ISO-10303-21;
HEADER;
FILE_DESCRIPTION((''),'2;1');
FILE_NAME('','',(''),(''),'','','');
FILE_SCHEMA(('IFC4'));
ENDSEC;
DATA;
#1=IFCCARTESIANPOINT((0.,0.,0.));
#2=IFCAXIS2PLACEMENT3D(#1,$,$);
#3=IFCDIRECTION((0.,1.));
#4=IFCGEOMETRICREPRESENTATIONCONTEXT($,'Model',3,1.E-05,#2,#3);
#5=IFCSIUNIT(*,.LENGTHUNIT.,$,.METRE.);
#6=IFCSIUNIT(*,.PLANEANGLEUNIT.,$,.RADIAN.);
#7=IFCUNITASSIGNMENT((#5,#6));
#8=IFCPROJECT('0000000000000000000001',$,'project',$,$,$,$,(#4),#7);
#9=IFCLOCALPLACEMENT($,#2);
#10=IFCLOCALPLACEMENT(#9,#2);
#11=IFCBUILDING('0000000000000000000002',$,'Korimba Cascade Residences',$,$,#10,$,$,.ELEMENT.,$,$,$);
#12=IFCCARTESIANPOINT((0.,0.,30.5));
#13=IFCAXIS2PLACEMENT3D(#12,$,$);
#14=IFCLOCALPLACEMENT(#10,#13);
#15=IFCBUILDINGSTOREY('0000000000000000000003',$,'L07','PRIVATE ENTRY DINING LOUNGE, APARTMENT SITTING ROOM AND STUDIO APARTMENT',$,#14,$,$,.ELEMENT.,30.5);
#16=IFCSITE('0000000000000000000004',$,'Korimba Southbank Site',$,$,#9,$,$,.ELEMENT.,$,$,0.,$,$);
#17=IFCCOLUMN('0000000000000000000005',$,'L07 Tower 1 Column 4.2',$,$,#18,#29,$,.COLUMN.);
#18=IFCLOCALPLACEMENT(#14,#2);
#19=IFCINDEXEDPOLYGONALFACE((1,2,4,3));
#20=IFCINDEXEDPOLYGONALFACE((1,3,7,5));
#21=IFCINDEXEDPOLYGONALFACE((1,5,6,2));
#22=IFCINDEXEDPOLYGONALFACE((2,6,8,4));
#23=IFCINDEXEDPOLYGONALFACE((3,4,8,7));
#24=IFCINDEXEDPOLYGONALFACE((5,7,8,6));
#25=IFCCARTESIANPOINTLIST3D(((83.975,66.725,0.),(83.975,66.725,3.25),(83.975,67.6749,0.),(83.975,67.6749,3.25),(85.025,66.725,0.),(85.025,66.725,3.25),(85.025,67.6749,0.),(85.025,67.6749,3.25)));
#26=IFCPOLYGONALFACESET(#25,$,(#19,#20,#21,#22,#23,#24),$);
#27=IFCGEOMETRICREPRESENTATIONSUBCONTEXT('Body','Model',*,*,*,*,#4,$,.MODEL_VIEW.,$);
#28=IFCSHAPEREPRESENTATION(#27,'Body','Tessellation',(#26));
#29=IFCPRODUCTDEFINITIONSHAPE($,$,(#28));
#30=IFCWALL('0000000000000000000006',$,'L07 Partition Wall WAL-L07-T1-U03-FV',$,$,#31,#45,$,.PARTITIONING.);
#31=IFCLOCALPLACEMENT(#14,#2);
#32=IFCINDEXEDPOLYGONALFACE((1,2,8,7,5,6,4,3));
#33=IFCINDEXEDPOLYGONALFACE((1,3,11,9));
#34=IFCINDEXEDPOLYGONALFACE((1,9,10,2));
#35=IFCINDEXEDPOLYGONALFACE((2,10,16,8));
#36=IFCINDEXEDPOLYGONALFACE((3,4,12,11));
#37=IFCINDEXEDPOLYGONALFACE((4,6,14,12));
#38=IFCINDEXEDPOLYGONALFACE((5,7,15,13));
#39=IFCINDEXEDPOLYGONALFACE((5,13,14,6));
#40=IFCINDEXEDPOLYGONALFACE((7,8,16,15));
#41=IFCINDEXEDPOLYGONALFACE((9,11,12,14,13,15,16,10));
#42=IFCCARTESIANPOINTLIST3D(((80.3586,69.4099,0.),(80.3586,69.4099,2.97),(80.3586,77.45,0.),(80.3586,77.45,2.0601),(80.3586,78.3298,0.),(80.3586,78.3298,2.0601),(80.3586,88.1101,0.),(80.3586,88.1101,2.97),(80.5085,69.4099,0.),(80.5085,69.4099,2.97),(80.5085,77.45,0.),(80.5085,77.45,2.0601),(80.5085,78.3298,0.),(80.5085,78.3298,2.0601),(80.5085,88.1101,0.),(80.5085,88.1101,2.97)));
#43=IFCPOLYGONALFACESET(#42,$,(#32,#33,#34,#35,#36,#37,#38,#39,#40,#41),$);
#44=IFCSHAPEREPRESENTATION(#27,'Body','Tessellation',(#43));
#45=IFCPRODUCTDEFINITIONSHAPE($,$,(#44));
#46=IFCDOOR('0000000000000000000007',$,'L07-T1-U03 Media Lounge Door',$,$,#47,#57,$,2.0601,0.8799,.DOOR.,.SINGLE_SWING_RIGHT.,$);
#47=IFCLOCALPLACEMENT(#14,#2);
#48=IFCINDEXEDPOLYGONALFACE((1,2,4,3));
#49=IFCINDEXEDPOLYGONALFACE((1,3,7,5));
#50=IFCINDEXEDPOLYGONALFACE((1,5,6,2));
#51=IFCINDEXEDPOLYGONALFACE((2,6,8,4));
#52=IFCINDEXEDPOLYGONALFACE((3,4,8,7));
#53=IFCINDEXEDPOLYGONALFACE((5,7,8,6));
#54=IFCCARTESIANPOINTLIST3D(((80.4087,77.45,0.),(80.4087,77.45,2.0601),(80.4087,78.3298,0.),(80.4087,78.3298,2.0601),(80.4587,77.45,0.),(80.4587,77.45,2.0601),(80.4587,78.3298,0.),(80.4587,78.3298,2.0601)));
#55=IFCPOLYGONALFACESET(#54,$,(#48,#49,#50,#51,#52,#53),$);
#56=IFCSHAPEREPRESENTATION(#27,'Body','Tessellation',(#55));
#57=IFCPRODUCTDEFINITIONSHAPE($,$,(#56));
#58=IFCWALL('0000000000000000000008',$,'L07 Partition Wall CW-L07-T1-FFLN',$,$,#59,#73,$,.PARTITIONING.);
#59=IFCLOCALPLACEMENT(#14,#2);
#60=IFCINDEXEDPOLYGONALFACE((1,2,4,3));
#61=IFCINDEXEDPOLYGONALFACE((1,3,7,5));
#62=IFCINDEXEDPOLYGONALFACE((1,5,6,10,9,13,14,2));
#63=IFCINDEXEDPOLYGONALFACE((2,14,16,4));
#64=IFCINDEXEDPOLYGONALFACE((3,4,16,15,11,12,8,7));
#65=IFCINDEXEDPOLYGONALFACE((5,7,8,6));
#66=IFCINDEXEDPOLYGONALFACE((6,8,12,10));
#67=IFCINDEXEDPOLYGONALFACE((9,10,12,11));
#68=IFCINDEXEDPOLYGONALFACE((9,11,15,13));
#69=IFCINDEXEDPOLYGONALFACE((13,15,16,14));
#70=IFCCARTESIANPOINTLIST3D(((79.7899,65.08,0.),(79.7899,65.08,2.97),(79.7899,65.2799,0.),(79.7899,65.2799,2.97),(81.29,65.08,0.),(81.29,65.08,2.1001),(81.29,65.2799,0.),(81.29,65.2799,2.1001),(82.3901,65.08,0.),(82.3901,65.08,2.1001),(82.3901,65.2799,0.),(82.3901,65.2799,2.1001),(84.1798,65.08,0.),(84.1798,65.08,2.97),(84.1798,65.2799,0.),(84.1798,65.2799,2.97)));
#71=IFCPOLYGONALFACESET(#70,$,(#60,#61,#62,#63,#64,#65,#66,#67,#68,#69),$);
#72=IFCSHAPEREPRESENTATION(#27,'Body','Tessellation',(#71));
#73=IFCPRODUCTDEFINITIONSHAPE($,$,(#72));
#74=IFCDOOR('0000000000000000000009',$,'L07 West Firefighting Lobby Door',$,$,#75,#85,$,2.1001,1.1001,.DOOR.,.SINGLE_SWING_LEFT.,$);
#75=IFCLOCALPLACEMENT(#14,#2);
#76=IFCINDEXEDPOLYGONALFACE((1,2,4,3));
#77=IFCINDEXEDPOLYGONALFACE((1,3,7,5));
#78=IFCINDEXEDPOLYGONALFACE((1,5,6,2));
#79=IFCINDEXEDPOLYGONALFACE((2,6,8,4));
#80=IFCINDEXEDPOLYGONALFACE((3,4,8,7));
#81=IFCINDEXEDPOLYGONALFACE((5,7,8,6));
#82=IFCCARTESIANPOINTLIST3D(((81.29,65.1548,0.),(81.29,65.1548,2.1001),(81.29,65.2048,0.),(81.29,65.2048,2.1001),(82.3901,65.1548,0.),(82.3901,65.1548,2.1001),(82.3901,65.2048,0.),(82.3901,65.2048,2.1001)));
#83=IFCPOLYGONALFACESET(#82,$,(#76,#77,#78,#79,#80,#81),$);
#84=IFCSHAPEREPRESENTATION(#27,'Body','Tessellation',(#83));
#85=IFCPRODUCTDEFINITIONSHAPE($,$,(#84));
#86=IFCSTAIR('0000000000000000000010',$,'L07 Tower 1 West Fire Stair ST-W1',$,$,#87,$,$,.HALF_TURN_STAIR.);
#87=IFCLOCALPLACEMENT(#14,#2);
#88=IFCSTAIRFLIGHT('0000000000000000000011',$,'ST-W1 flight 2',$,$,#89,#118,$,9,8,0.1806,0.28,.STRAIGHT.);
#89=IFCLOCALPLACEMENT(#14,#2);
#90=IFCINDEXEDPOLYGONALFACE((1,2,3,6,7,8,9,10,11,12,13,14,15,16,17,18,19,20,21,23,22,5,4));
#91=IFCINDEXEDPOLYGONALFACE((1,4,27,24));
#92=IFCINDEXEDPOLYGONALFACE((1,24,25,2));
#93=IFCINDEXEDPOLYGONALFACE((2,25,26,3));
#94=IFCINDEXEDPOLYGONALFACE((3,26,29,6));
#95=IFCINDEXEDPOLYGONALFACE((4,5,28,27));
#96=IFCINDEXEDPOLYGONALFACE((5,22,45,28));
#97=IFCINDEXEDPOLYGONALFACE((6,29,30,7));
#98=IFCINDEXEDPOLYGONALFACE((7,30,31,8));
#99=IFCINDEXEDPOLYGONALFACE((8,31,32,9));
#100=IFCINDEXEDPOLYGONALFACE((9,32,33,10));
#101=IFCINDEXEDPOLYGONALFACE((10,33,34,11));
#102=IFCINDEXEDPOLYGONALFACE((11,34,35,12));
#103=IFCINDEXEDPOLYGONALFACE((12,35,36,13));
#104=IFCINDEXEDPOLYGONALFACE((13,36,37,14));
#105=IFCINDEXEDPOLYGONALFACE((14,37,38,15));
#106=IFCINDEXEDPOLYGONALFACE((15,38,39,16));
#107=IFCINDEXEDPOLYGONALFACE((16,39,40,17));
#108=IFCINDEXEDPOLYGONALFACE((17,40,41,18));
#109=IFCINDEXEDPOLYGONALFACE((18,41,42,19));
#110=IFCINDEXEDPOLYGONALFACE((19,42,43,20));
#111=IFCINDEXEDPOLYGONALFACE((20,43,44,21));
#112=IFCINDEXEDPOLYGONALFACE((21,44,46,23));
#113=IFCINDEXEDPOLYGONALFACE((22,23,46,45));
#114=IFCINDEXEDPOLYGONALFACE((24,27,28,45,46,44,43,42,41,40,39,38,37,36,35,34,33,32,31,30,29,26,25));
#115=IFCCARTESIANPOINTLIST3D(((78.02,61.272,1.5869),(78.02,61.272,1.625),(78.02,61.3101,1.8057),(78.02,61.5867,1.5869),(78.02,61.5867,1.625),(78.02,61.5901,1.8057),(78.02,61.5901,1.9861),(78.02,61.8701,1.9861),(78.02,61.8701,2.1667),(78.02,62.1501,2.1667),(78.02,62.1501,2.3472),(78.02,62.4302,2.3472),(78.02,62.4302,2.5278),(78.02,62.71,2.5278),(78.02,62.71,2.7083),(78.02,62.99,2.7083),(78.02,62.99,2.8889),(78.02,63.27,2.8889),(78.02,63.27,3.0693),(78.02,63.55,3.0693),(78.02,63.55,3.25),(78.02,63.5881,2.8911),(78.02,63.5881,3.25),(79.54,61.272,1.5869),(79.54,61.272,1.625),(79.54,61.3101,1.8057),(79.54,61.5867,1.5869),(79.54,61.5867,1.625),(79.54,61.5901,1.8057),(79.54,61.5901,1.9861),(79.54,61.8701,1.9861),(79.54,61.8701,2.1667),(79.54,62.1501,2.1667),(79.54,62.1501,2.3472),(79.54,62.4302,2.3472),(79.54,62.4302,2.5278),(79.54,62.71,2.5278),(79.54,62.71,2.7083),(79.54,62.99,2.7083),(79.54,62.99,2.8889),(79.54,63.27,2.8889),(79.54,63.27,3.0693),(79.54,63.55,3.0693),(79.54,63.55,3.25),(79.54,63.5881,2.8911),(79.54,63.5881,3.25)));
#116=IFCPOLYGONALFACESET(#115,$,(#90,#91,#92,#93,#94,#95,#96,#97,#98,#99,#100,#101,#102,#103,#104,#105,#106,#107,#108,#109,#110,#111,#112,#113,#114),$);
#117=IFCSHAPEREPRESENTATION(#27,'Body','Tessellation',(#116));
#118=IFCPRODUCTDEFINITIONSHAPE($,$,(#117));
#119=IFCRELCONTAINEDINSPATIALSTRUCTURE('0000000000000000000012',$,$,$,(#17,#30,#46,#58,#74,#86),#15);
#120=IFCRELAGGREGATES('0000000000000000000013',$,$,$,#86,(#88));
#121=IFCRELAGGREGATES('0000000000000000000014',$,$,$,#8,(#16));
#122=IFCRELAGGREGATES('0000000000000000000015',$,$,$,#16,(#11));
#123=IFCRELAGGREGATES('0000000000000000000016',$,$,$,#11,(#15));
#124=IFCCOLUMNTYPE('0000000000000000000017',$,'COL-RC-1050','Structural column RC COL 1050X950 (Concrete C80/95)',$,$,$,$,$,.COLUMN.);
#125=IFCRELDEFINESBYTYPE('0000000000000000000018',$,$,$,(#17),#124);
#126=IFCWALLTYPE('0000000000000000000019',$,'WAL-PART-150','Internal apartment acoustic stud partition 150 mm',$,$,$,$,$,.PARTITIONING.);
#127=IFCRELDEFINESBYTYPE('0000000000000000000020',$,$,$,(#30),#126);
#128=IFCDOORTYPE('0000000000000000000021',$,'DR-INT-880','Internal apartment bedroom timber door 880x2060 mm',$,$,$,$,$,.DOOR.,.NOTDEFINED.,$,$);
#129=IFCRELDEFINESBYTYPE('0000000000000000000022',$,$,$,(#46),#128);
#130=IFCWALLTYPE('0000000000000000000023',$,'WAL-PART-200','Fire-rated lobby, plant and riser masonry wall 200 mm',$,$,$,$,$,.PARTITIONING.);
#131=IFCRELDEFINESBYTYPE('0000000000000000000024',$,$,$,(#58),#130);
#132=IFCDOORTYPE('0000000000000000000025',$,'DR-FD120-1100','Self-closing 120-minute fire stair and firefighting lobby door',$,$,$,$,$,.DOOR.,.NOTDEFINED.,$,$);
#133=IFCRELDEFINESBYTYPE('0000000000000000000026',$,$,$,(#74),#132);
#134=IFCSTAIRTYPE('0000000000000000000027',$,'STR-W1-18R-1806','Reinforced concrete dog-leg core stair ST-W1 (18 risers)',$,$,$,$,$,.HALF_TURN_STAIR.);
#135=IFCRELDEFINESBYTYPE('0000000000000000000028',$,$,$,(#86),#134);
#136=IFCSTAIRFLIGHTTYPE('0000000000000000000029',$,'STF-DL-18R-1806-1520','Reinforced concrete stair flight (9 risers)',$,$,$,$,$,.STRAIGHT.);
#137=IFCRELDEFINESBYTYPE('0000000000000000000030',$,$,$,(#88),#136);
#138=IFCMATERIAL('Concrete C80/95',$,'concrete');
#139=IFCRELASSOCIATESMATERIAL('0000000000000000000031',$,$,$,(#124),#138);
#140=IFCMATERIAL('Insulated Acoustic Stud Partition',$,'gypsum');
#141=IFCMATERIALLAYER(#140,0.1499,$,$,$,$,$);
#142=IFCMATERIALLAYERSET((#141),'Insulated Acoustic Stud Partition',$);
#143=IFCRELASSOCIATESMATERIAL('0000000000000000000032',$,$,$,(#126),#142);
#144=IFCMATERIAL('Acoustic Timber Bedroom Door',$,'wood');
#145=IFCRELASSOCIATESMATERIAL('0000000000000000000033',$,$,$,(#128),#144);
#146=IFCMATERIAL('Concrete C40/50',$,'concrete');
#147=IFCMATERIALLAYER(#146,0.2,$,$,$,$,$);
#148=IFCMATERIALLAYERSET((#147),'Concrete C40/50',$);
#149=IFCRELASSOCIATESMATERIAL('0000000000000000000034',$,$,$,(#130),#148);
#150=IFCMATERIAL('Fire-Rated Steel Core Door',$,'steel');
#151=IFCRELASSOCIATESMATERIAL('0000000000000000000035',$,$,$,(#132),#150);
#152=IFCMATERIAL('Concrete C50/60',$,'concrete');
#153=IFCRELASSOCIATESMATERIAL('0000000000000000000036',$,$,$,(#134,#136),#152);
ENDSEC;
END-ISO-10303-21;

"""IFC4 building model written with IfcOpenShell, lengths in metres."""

from ifc_helpers import new_model, si_unit, direction, frame, frame_2d, origin, origin_2d, place, context, subcontext, project, spatial, polyline, rectangle, outline, extrude, material, layer, layer_set, material_profile, profile_set, type_object, element, fill, aggregate, save


model = new_model("IFC4")

# Units and contexts
model_context = context("Model", 3, precision=1e-05, world=origin(), true_north=direction((0.0, 1.0)))
body_context = subcontext(model_context, "Body", "Model", "MODEL_VIEW")
ifc_project = project(units=[si_unit("LENGTHUNIT", "METRE"), si_unit("PLANEANGLEUNIT", "RADIAN")], contexts=[model_context])

# Site, building, storey
site_placement = place(None, origin())
site = spatial("IfcSite", under=ifc_project, at=site_placement, Name="Korimba Southbank Site", CompositionType="ELEMENT", RefElevation=0.0)
building_placement = place(site_placement, origin())
building = spatial("IfcBuilding", under=site, at=building_placement, Name="Korimba Cascade Residences", CompositionType="ELEMENT")
storey_placement = place(building_placement, frame((0.0, 0.0, 30.5)))
storey = spatial("IfcBuildingStorey", under=building, at=storey_placement, Name="L07", Description="PRIVATE ENTRY DINING LOUNGE, APARTMENT SITTING ROOM AND STUDIO APARTMENT", CompositionType="ELEMENT", Elevation=30.5)

# Column
ifc_material_1 = material(Name="Concrete C80/95", Category="concrete")
ifc_material_profile = material_profile(ifc_material_1, rectangle(XDim=1.05, YDim=0.95, at=origin_2d()), Name="Concrete C80/95")
ifc_profile_set = profile_set([ifc_material_profile], Name="Concrete C80/95")
column_type = type_object("IfcColumnType", Name="COL-RC-1050", Description="Structural column RC COL 1050X950 (Concrete C80/95)", PredefinedType="COLUMN", material=ifc_profile_set)
column_placement = place(storey_placement, frame((84.5, 67.2, 0.0), z_axis=(0.0, 0.0, 1.0), x_axis=(1.0, 0.0, 0.0)))
element("IfcColumn", 1, at=column_placement, inside=storey, type_object=column_type, Name="L07 Tower 1 Column 4.2", PredefinedType="COLUMN", context=body_context, shape_type="SweptSolid", body=[
    extrude(rectangle(XDim=1.05, YDim=0.95, at=origin_2d()), origin(), (0.0, 0.0, 1.0), 3.25),
])

# Walls, openings, doors
ifc_material_2 = material(Name="Insulated Acoustic Stud Partition", Category="gypsum")
ifc_layer_1 = layer(ifc_material_2, 0.1499)
ifc_layer_set_1 = layer_set([ifc_layer_1], Name="Insulated Acoustic Stud Partition")
wall_type_1 = type_object("IfcWallType", Name="WAL-PART-150", Description="Internal apartment acoustic stud partition 150 mm", PredefinedType="PARTITIONING", material=ifc_layer_set_1)
wall_1_placement = place(storey_placement, frame((80.4336, 69.4099, 0.0), z_axis=(0.0, 0.0, 1.0), x_axis=(0.0, 1.0, 0.0)))
wall_1 = element("IfcWall", 2, at=wall_1_placement, inside=storey, type_object=wall_type_1, Name="L07 Partition Wall WAL-L07-T1-U03-FV", PredefinedType="PARTITIONING", context=body_context, shape_type="SweptSolid", body=[
    extrude(rectangle(XDim=18.7002, YDim=0.1499, at=frame_2d((9.3501, 0.0))), origin(), (0.0, 0.0, 1.0), 2.97),
])
opening_1_placement = place(wall_1_placement, frame((8.04, 0.0, 0.0)))
opening_1 = element("IfcOpeningElement", 3, at=opening_1_placement, cuts=wall_1, PredefinedType="OPENING", context=body_context, shape_type="SweptSolid", body=[
    extrude(rectangle(XDim=0.8799, YDim=2.0601, at=frame_2d((0.4399, 1.03))), frame((0.0, 0.085, 0.0), z_axis=(0.0, -1.0, 0.0), x_axis=(1.0, 0.0, 0.0)), (0.0, 0.0, 1.0), 0.1699),
])
ifc_material_3 = material(Name="Acoustic Timber Bedroom Door", Category="wood")
door_type_1 = type_object("IfcDoorType", Name="DR-INT-880", Description="Internal apartment bedroom timber door 880x2060 mm", OperationType="NOTDEFINED", PredefinedType="DOOR", material=ifc_material_3)
door_1_placement = place(opening_1_placement, origin())
door_1 = element("IfcDoor", 4, at=door_1_placement, inside=storey, type_object=door_type_1, Name="L07-T1-U03 Media Lounge Door", OperationType="SINGLE_SWING_RIGHT", OverallHeight=2.0601, OverallWidth=0.8799, PredefinedType="DOOR", context=body_context, shape_type="SweptSolid", body=[
    extrude(rectangle(XDim=0.8799, YDim=2.0601, at=frame_2d((0.4399, 1.03))), frame((0.0, 0.0249, 0.0), z_axis=(0.0, -1.0, 0.0), x_axis=(1.0, 0.0, 0.0)), (0.0, 0.0, 1.0), 0.05),
])
fill(opening_1, door_1)
ifc_material_4 = material(Name="Concrete C40/50", Category="concrete")
ifc_layer_2 = layer(ifc_material_4, 0.2)
ifc_layer_set_2 = layer_set([ifc_layer_2], Name="Concrete C40/50")
wall_type_2 = type_object("IfcWallType", Name="WAL-PART-200", Description="Fire-rated lobby, plant and riser masonry wall 200 mm", PredefinedType="PARTITIONING", material=ifc_layer_set_2)
wall_2_placement = place(storey_placement, frame((79.79, 65.1799, 0.0), z_axis=(0.0, 0.0, 1.0), x_axis=(1.0, 0.0, 0.0)))
wall_2 = element("IfcWall", 5, at=wall_2_placement, inside=storey, type_object=wall_type_2, Name="L07 Partition Wall CW-L07-T1-FFLN", PredefinedType="PARTITIONING", context=body_context, shape_type="SweptSolid", body=[
    extrude(rectangle(XDim=4.3899, YDim=0.2, at=frame_2d((2.1948, 0.0))), origin(), (0.0, 0.0, 1.0), 2.97),
])
opening_2_placement = place(wall_2_placement, frame((1.5, 0.0, 0.0)))
opening_2 = element("IfcOpeningElement", 6, at=opening_2_placement, cuts=wall_2, PredefinedType="OPENING", context=body_context, shape_type="SweptSolid", body=[
    extrude(rectangle(XDim=1.1001, YDim=2.1001, at=frame_2d((0.55, 1.05))), frame((0.0, 0.1099, 0.0), z_axis=(0.0, -1.0, 0.0), x_axis=(1.0, 0.0, 0.0)), (0.0, 0.0, 1.0), 0.22),
])
ifc_material_5 = material(Name="Fire-Rated Steel Core Door", Category="steel")
door_type_2 = type_object("IfcDoorType", Name="DR-FD120-1100", Description="Self-closing 120-minute fire stair and firefighting lobby door", OperationType="NOTDEFINED", PredefinedType="DOOR", material=ifc_material_5)
door_2_placement = place(opening_2_placement, origin())
door_2 = element("IfcDoor", 7, at=door_2_placement, inside=storey, type_object=door_type_2, Name="L07 West Firefighting Lobby Door", OperationType="SINGLE_SWING_LEFT", OverallHeight=2.1001, OverallWidth=1.1001, PredefinedType="DOOR", context=body_context, shape_type="SweptSolid", body=[
    extrude(rectangle(XDim=1.1001, YDim=2.1001, at=frame_2d((0.55, 1.05))), frame((0.0, 0.0249, 0.0), z_axis=(0.0, -1.0, 0.0), x_axis=(1.0, 0.0, 0.0)), (0.0, 0.0, 1.0), 0.05),
])
fill(opening_2, door_2)

# Stair, stair flight
ifc_material_6 = material(Name="Concrete C50/60", Category="concrete")
stair_type = type_object("IfcStairType", Name="STR-W1-18R-1806", Description="Reinforced concrete dog-leg core stair ST-W1 (18 risers)", PredefinedType="HALF_TURN_STAIR", material=ifc_material_6)
stair_placement = place(storey_placement, origin())
stair = element("IfcStair", 8, at=stair_placement, inside=storey, type_object=stair_type, Name="L07 Tower 1 West Fire Stair ST-W1", PredefinedType="HALF_TURN_STAIR")
stair_flight_type = type_object("IfcStairFlightType", Name="STF-DL-18R-1806-1520", Description="Reinforced concrete stair flight (9 risers)", PredefinedType="STRAIGHT", material=ifc_material_6)
stair_flight_placement = place(storey_placement, frame((78.78, 61.3101, 1.625), z_axis=(0.0, 0.0, 1.0), x_axis=(0.0, 1.0, 0.0)))
stair_flight = element("IfcStairFlight", 9, at=stair_flight_placement, type_object=stair_flight_type, Name="ST-W1 flight 2", NumberOfRisers=9, NumberOfTreads=8, PredefinedType="STRAIGHT", RiserHeight=0.1806, TreadLength=0.28, context=body_context, shape_type="SweptSolid", body=[
    extrude(outline(polyline([(-0.0381, 0.0), (0.0, 0.1807), (0.28, 0.1807), (0.28, 0.3611), (0.5601, 0.3611), (0.5601, 0.5417), (0.8401, 0.5417), (0.8401, 0.7222), (1.1201, 0.7222), (1.1201, 0.9028), (1.3999, 0.9028), (1.3999, 1.0833), (1.6799, 1.0833), (1.6799, 1.2639), (1.96, 1.2639), (1.96, 1.4443), (2.24, 1.4443), (2.24, 1.625), (2.2781, 1.625), (2.2781, 1.2661), (0.2766, 0.0), (0.2766, -0.0381), (-0.0381, -0.0381), (-0.0381, 0.0)])), frame((0.0, 0.76, 0.0), z_axis=(0.0, -1.0, 0.0), x_axis=(1.0, 0.0, 0.0)), (0.0, 0.0, 1.0), 1.52),
])
aggregate(stair, [stair_flight])

save(model, "model.ifc")
